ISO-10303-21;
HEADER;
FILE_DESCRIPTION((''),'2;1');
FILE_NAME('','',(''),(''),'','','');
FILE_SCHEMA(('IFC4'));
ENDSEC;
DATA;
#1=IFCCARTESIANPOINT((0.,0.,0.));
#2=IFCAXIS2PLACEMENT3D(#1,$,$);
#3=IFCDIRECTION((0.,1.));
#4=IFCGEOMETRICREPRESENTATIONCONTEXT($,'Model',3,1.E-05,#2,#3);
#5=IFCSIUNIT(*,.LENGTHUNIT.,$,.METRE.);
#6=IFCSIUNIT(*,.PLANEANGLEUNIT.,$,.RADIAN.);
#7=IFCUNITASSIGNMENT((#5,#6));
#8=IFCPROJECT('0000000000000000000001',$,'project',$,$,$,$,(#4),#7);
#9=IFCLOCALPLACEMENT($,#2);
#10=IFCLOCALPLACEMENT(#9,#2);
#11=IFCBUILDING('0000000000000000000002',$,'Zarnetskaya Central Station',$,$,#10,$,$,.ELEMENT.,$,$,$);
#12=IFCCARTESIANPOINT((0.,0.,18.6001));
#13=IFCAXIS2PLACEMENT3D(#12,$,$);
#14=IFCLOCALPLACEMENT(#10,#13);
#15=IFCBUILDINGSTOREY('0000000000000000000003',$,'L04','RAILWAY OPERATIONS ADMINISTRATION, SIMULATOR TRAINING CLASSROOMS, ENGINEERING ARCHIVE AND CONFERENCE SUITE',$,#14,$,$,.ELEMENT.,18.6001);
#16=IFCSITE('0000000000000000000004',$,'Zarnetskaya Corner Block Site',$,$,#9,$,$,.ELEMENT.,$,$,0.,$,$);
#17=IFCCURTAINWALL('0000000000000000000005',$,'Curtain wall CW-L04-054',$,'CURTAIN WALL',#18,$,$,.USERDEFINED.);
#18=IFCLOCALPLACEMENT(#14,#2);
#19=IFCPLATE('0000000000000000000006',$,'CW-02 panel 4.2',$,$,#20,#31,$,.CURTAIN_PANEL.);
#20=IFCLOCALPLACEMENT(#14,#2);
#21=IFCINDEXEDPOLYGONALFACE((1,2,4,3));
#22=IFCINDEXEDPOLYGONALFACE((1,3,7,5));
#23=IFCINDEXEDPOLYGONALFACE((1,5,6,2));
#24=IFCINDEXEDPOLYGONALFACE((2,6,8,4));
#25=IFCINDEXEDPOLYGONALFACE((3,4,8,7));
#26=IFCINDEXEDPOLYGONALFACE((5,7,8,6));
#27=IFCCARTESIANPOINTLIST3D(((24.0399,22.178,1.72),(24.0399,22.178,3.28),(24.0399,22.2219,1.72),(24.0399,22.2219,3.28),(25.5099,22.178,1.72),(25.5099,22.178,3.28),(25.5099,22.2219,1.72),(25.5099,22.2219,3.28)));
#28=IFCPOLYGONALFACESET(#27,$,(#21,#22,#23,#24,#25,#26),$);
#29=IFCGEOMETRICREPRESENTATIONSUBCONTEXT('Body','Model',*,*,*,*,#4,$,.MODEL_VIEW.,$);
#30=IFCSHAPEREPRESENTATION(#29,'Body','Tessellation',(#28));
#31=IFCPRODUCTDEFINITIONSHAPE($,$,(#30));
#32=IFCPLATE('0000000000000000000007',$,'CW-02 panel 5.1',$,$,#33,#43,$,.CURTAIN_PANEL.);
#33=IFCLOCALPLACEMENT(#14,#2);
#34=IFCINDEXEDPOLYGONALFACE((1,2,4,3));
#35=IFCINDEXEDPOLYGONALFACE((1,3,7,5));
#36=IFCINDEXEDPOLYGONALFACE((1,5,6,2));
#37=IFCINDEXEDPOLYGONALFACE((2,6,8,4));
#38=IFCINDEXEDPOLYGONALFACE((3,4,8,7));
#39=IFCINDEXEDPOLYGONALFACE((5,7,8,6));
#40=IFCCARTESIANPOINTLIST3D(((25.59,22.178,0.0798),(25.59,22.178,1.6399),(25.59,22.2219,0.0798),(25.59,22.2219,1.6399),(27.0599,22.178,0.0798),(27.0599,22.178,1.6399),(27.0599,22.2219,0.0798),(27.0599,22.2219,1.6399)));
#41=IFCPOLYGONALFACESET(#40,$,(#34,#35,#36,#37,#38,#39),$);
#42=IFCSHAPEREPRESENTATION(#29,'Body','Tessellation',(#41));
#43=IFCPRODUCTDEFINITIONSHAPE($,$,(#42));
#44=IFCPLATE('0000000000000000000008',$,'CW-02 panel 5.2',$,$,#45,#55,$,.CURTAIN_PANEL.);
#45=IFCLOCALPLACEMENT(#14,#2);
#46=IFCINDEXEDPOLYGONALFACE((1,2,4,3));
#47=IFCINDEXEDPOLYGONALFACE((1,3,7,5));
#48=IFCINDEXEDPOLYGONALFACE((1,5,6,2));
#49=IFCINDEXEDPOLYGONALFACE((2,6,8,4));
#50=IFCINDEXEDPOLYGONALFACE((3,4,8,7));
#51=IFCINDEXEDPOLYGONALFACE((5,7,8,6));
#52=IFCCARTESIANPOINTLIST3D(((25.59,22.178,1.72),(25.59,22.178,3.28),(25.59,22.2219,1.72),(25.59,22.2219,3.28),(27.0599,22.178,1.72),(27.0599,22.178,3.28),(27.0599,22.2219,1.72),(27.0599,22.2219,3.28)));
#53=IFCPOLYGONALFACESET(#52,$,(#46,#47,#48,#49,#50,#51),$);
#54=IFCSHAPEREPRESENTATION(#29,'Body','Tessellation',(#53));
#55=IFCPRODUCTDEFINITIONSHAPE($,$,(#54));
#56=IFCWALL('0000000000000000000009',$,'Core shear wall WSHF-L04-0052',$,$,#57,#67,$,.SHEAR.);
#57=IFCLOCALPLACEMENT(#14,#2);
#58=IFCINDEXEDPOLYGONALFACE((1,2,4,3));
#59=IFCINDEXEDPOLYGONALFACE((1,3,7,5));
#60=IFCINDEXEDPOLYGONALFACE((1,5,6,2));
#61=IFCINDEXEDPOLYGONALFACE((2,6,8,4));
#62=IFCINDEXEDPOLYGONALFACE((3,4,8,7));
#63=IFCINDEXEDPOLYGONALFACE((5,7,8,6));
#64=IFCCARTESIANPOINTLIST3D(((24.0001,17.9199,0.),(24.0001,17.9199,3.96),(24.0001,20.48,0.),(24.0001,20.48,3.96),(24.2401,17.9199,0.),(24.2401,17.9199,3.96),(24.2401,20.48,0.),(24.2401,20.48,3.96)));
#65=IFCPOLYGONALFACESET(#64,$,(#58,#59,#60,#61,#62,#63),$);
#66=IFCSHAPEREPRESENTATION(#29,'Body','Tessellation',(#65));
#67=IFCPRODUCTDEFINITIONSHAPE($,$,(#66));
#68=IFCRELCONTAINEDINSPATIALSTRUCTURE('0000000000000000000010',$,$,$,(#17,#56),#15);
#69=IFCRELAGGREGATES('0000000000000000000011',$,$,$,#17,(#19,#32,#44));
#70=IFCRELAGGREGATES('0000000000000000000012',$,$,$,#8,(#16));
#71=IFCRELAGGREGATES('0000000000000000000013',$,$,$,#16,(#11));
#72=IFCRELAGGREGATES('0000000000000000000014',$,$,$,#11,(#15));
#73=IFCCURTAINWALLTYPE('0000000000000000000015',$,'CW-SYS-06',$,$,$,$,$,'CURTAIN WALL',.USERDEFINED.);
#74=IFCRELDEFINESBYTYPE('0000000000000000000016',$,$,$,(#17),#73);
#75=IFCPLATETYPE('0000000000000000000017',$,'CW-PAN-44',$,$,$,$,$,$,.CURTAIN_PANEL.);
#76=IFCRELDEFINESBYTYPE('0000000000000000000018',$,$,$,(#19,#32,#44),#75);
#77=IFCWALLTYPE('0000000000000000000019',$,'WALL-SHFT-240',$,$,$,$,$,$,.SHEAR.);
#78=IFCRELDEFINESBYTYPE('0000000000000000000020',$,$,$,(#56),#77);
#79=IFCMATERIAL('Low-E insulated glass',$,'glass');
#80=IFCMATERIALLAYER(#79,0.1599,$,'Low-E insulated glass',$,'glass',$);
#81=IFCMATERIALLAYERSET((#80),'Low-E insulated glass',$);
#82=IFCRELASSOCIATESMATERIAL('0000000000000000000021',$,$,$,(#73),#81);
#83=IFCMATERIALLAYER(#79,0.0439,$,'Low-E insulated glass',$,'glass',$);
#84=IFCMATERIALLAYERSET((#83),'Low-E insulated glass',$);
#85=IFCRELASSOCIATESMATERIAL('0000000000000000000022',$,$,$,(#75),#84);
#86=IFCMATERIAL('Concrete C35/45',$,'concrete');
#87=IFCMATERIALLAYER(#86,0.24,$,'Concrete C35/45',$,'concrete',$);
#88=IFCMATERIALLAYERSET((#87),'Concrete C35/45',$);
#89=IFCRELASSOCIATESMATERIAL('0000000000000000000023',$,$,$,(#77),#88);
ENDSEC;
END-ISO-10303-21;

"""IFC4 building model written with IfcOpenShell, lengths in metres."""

from ifc_helpers import new_model, si_unit, direction, frame, frame_2d, origin, origin_2d, place, context, subcontext, project, spatial, rectangle, extrude, material, layer, layer_set, type_object, element, aggregate, save


model = new_model("IFC4")

# Units and contexts
model_context = context("Model", 3, precision=1e-05, world=origin(), true_north=direction((0.0, 1.0)))
body_context = subcontext(model_context, "Body", "Model", "MODEL_VIEW")
ifc_project = project(units=[si_unit("LENGTHUNIT", "METRE"), si_unit("PLANEANGLEUNIT", "RADIAN")], contexts=[model_context])

# Site, building, storey
site_placement = place(None, origin())
site = spatial("IfcSite", under=ifc_project, at=site_placement, Name="Zarnetskaya Corner Block Site", CompositionType="ELEMENT", RefElevation=0.0)
building_placement = place(site_placement, origin())
building = spatial("IfcBuilding", under=site, at=building_placement, Name="Zarnetskaya Central Station", CompositionType="ELEMENT")
storey_placement = place(building_placement, frame((0.0, 0.0, 18.6001)))
storey = spatial("IfcBuildingStorey", under=building, at=storey_placement, Name="L04", Description="RAILWAY OPERATIONS ADMINISTRATION, SIMULATOR TRAINING CLASSROOMS, ENGINEERING ARCHIVE AND CONFERENCE SUITE", CompositionType="ELEMENT", Elevation=18.6001)

# Curtain wall, plates
ifc_material_1 = material(Name="Low-E insulated glass", Category="glass")
ifc_layer_1 = layer(ifc_material_1, 0.1599, Name="Low-E insulated glass", Category="glass")
ifc_layer_set_1 = layer_set([ifc_layer_1], Name="Low-E insulated glass")
curtain_wall_type = type_object("IfcCurtainWallType", Name="CW-SYS-06", ElementType="CURTAIN WALL", PredefinedType="USERDEFINED", material=ifc_layer_set_1)
curtain_wall_placement = place(storey_placement, origin())
curtain_wall = element("IfcCurtainWall", 1, at=curtain_wall_placement, inside=storey, type_object=curtain_wall_type, Name="Curtain wall CW-L04-054", ObjectType="CURTAIN WALL", PredefinedType="USERDEFINED")
ifc_layer_2 = layer(ifc_material_1, 0.0439, Name="Low-E insulated glass", Category="glass")
ifc_layer_set_2 = layer_set([ifc_layer_2], Name="Low-E insulated glass")
plate_type = type_object("IfcPlateType", Name="CW-PAN-44", PredefinedType="CURTAIN_PANEL", material=ifc_layer_set_2)
plate_1_placement = place(storey_placement, frame((24.7749, 22.2, 1.72), z_axis=(0.0, 0.0, 1.0), x_axis=(1.0, 0.0, 0.0)))
plate_1 = element("IfcPlate", 2, at=plate_1_placement, type_object=plate_type, Name="CW-02 panel 4.2", PredefinedType="CURTAIN_PANEL", context=body_context, shape_type="SweptSolid", body=[
    extrude(rectangle(XDim=1.47, YDim=0.0439, at=origin_2d()), origin(), (0.0, 0.0, 1.0), 1.5601),
])
plate_2_placement = place(storey_placement, frame((26.325, 22.2, 0.0798), z_axis=(0.0, 0.0, 1.0), x_axis=(1.0, 0.0, 0.0)))
plate_2 = element("IfcPlate", 3, at=plate_2_placement, type_object=plate_type, Name="CW-02 panel 5.1", PredefinedType="CURTAIN_PANEL", context=body_context, shape_type="SweptSolid", body=[
    extrude(rectangle(XDim=1.47, YDim=0.0439, at=origin_2d()), origin(), (0.0, 0.0, 1.0), 1.5601),
])
plate_3_placement = place(storey_placement, frame((26.325, 22.2, 1.72), z_axis=(0.0, 0.0, 1.0), x_axis=(1.0, 0.0, 0.0)))
plate_3 = element("IfcPlate", 4, at=plate_3_placement, type_object=plate_type, Name="CW-02 panel 5.2", PredefinedType="CURTAIN_PANEL", context=body_context, shape_type="SweptSolid", body=[
    extrude(rectangle(XDim=1.47, YDim=0.0439, at=origin_2d()), origin(), (0.0, 0.0, 1.0), 1.5601),
])
aggregate(curtain_wall, [plate_1, plate_2, plate_3])

# Shared definitions
ifc_material_2 = material(Name="Concrete C35/45", Category="concrete")
ifc_layer_3 = layer(ifc_material_2, 0.24, Name="Concrete C35/45", Category="concrete")
ifc_layer_set_3 = layer_set([ifc_layer_3], Name="Concrete C35/45")
wall_type = type_object("IfcWallType", Name="WALL-SHFT-240", PredefinedType="SHEAR", material=ifc_layer_set_3)

# Wall
wall_1_placement = place(storey_placement, frame((24.1201, 20.48, 0.0), z_axis=(0.0, 0.0, 1.0), x_axis=(0.0, -1.0, 0.0)))
element("IfcWall", 5, at=wall_1_placement, inside=storey, type_object=wall_type, Name="Core shear wall WSHF-L04-0052", PredefinedType="SHEAR", context=body_context, shape_type="SweptSolid", body=[
    extrude(rectangle(XDim=2.5601, YDim=0.24, at=frame_2d((1.28, 0.0))), origin(), (0.0, 0.0, 1.0), 3.96),
])

save(model, "model.ifc")
